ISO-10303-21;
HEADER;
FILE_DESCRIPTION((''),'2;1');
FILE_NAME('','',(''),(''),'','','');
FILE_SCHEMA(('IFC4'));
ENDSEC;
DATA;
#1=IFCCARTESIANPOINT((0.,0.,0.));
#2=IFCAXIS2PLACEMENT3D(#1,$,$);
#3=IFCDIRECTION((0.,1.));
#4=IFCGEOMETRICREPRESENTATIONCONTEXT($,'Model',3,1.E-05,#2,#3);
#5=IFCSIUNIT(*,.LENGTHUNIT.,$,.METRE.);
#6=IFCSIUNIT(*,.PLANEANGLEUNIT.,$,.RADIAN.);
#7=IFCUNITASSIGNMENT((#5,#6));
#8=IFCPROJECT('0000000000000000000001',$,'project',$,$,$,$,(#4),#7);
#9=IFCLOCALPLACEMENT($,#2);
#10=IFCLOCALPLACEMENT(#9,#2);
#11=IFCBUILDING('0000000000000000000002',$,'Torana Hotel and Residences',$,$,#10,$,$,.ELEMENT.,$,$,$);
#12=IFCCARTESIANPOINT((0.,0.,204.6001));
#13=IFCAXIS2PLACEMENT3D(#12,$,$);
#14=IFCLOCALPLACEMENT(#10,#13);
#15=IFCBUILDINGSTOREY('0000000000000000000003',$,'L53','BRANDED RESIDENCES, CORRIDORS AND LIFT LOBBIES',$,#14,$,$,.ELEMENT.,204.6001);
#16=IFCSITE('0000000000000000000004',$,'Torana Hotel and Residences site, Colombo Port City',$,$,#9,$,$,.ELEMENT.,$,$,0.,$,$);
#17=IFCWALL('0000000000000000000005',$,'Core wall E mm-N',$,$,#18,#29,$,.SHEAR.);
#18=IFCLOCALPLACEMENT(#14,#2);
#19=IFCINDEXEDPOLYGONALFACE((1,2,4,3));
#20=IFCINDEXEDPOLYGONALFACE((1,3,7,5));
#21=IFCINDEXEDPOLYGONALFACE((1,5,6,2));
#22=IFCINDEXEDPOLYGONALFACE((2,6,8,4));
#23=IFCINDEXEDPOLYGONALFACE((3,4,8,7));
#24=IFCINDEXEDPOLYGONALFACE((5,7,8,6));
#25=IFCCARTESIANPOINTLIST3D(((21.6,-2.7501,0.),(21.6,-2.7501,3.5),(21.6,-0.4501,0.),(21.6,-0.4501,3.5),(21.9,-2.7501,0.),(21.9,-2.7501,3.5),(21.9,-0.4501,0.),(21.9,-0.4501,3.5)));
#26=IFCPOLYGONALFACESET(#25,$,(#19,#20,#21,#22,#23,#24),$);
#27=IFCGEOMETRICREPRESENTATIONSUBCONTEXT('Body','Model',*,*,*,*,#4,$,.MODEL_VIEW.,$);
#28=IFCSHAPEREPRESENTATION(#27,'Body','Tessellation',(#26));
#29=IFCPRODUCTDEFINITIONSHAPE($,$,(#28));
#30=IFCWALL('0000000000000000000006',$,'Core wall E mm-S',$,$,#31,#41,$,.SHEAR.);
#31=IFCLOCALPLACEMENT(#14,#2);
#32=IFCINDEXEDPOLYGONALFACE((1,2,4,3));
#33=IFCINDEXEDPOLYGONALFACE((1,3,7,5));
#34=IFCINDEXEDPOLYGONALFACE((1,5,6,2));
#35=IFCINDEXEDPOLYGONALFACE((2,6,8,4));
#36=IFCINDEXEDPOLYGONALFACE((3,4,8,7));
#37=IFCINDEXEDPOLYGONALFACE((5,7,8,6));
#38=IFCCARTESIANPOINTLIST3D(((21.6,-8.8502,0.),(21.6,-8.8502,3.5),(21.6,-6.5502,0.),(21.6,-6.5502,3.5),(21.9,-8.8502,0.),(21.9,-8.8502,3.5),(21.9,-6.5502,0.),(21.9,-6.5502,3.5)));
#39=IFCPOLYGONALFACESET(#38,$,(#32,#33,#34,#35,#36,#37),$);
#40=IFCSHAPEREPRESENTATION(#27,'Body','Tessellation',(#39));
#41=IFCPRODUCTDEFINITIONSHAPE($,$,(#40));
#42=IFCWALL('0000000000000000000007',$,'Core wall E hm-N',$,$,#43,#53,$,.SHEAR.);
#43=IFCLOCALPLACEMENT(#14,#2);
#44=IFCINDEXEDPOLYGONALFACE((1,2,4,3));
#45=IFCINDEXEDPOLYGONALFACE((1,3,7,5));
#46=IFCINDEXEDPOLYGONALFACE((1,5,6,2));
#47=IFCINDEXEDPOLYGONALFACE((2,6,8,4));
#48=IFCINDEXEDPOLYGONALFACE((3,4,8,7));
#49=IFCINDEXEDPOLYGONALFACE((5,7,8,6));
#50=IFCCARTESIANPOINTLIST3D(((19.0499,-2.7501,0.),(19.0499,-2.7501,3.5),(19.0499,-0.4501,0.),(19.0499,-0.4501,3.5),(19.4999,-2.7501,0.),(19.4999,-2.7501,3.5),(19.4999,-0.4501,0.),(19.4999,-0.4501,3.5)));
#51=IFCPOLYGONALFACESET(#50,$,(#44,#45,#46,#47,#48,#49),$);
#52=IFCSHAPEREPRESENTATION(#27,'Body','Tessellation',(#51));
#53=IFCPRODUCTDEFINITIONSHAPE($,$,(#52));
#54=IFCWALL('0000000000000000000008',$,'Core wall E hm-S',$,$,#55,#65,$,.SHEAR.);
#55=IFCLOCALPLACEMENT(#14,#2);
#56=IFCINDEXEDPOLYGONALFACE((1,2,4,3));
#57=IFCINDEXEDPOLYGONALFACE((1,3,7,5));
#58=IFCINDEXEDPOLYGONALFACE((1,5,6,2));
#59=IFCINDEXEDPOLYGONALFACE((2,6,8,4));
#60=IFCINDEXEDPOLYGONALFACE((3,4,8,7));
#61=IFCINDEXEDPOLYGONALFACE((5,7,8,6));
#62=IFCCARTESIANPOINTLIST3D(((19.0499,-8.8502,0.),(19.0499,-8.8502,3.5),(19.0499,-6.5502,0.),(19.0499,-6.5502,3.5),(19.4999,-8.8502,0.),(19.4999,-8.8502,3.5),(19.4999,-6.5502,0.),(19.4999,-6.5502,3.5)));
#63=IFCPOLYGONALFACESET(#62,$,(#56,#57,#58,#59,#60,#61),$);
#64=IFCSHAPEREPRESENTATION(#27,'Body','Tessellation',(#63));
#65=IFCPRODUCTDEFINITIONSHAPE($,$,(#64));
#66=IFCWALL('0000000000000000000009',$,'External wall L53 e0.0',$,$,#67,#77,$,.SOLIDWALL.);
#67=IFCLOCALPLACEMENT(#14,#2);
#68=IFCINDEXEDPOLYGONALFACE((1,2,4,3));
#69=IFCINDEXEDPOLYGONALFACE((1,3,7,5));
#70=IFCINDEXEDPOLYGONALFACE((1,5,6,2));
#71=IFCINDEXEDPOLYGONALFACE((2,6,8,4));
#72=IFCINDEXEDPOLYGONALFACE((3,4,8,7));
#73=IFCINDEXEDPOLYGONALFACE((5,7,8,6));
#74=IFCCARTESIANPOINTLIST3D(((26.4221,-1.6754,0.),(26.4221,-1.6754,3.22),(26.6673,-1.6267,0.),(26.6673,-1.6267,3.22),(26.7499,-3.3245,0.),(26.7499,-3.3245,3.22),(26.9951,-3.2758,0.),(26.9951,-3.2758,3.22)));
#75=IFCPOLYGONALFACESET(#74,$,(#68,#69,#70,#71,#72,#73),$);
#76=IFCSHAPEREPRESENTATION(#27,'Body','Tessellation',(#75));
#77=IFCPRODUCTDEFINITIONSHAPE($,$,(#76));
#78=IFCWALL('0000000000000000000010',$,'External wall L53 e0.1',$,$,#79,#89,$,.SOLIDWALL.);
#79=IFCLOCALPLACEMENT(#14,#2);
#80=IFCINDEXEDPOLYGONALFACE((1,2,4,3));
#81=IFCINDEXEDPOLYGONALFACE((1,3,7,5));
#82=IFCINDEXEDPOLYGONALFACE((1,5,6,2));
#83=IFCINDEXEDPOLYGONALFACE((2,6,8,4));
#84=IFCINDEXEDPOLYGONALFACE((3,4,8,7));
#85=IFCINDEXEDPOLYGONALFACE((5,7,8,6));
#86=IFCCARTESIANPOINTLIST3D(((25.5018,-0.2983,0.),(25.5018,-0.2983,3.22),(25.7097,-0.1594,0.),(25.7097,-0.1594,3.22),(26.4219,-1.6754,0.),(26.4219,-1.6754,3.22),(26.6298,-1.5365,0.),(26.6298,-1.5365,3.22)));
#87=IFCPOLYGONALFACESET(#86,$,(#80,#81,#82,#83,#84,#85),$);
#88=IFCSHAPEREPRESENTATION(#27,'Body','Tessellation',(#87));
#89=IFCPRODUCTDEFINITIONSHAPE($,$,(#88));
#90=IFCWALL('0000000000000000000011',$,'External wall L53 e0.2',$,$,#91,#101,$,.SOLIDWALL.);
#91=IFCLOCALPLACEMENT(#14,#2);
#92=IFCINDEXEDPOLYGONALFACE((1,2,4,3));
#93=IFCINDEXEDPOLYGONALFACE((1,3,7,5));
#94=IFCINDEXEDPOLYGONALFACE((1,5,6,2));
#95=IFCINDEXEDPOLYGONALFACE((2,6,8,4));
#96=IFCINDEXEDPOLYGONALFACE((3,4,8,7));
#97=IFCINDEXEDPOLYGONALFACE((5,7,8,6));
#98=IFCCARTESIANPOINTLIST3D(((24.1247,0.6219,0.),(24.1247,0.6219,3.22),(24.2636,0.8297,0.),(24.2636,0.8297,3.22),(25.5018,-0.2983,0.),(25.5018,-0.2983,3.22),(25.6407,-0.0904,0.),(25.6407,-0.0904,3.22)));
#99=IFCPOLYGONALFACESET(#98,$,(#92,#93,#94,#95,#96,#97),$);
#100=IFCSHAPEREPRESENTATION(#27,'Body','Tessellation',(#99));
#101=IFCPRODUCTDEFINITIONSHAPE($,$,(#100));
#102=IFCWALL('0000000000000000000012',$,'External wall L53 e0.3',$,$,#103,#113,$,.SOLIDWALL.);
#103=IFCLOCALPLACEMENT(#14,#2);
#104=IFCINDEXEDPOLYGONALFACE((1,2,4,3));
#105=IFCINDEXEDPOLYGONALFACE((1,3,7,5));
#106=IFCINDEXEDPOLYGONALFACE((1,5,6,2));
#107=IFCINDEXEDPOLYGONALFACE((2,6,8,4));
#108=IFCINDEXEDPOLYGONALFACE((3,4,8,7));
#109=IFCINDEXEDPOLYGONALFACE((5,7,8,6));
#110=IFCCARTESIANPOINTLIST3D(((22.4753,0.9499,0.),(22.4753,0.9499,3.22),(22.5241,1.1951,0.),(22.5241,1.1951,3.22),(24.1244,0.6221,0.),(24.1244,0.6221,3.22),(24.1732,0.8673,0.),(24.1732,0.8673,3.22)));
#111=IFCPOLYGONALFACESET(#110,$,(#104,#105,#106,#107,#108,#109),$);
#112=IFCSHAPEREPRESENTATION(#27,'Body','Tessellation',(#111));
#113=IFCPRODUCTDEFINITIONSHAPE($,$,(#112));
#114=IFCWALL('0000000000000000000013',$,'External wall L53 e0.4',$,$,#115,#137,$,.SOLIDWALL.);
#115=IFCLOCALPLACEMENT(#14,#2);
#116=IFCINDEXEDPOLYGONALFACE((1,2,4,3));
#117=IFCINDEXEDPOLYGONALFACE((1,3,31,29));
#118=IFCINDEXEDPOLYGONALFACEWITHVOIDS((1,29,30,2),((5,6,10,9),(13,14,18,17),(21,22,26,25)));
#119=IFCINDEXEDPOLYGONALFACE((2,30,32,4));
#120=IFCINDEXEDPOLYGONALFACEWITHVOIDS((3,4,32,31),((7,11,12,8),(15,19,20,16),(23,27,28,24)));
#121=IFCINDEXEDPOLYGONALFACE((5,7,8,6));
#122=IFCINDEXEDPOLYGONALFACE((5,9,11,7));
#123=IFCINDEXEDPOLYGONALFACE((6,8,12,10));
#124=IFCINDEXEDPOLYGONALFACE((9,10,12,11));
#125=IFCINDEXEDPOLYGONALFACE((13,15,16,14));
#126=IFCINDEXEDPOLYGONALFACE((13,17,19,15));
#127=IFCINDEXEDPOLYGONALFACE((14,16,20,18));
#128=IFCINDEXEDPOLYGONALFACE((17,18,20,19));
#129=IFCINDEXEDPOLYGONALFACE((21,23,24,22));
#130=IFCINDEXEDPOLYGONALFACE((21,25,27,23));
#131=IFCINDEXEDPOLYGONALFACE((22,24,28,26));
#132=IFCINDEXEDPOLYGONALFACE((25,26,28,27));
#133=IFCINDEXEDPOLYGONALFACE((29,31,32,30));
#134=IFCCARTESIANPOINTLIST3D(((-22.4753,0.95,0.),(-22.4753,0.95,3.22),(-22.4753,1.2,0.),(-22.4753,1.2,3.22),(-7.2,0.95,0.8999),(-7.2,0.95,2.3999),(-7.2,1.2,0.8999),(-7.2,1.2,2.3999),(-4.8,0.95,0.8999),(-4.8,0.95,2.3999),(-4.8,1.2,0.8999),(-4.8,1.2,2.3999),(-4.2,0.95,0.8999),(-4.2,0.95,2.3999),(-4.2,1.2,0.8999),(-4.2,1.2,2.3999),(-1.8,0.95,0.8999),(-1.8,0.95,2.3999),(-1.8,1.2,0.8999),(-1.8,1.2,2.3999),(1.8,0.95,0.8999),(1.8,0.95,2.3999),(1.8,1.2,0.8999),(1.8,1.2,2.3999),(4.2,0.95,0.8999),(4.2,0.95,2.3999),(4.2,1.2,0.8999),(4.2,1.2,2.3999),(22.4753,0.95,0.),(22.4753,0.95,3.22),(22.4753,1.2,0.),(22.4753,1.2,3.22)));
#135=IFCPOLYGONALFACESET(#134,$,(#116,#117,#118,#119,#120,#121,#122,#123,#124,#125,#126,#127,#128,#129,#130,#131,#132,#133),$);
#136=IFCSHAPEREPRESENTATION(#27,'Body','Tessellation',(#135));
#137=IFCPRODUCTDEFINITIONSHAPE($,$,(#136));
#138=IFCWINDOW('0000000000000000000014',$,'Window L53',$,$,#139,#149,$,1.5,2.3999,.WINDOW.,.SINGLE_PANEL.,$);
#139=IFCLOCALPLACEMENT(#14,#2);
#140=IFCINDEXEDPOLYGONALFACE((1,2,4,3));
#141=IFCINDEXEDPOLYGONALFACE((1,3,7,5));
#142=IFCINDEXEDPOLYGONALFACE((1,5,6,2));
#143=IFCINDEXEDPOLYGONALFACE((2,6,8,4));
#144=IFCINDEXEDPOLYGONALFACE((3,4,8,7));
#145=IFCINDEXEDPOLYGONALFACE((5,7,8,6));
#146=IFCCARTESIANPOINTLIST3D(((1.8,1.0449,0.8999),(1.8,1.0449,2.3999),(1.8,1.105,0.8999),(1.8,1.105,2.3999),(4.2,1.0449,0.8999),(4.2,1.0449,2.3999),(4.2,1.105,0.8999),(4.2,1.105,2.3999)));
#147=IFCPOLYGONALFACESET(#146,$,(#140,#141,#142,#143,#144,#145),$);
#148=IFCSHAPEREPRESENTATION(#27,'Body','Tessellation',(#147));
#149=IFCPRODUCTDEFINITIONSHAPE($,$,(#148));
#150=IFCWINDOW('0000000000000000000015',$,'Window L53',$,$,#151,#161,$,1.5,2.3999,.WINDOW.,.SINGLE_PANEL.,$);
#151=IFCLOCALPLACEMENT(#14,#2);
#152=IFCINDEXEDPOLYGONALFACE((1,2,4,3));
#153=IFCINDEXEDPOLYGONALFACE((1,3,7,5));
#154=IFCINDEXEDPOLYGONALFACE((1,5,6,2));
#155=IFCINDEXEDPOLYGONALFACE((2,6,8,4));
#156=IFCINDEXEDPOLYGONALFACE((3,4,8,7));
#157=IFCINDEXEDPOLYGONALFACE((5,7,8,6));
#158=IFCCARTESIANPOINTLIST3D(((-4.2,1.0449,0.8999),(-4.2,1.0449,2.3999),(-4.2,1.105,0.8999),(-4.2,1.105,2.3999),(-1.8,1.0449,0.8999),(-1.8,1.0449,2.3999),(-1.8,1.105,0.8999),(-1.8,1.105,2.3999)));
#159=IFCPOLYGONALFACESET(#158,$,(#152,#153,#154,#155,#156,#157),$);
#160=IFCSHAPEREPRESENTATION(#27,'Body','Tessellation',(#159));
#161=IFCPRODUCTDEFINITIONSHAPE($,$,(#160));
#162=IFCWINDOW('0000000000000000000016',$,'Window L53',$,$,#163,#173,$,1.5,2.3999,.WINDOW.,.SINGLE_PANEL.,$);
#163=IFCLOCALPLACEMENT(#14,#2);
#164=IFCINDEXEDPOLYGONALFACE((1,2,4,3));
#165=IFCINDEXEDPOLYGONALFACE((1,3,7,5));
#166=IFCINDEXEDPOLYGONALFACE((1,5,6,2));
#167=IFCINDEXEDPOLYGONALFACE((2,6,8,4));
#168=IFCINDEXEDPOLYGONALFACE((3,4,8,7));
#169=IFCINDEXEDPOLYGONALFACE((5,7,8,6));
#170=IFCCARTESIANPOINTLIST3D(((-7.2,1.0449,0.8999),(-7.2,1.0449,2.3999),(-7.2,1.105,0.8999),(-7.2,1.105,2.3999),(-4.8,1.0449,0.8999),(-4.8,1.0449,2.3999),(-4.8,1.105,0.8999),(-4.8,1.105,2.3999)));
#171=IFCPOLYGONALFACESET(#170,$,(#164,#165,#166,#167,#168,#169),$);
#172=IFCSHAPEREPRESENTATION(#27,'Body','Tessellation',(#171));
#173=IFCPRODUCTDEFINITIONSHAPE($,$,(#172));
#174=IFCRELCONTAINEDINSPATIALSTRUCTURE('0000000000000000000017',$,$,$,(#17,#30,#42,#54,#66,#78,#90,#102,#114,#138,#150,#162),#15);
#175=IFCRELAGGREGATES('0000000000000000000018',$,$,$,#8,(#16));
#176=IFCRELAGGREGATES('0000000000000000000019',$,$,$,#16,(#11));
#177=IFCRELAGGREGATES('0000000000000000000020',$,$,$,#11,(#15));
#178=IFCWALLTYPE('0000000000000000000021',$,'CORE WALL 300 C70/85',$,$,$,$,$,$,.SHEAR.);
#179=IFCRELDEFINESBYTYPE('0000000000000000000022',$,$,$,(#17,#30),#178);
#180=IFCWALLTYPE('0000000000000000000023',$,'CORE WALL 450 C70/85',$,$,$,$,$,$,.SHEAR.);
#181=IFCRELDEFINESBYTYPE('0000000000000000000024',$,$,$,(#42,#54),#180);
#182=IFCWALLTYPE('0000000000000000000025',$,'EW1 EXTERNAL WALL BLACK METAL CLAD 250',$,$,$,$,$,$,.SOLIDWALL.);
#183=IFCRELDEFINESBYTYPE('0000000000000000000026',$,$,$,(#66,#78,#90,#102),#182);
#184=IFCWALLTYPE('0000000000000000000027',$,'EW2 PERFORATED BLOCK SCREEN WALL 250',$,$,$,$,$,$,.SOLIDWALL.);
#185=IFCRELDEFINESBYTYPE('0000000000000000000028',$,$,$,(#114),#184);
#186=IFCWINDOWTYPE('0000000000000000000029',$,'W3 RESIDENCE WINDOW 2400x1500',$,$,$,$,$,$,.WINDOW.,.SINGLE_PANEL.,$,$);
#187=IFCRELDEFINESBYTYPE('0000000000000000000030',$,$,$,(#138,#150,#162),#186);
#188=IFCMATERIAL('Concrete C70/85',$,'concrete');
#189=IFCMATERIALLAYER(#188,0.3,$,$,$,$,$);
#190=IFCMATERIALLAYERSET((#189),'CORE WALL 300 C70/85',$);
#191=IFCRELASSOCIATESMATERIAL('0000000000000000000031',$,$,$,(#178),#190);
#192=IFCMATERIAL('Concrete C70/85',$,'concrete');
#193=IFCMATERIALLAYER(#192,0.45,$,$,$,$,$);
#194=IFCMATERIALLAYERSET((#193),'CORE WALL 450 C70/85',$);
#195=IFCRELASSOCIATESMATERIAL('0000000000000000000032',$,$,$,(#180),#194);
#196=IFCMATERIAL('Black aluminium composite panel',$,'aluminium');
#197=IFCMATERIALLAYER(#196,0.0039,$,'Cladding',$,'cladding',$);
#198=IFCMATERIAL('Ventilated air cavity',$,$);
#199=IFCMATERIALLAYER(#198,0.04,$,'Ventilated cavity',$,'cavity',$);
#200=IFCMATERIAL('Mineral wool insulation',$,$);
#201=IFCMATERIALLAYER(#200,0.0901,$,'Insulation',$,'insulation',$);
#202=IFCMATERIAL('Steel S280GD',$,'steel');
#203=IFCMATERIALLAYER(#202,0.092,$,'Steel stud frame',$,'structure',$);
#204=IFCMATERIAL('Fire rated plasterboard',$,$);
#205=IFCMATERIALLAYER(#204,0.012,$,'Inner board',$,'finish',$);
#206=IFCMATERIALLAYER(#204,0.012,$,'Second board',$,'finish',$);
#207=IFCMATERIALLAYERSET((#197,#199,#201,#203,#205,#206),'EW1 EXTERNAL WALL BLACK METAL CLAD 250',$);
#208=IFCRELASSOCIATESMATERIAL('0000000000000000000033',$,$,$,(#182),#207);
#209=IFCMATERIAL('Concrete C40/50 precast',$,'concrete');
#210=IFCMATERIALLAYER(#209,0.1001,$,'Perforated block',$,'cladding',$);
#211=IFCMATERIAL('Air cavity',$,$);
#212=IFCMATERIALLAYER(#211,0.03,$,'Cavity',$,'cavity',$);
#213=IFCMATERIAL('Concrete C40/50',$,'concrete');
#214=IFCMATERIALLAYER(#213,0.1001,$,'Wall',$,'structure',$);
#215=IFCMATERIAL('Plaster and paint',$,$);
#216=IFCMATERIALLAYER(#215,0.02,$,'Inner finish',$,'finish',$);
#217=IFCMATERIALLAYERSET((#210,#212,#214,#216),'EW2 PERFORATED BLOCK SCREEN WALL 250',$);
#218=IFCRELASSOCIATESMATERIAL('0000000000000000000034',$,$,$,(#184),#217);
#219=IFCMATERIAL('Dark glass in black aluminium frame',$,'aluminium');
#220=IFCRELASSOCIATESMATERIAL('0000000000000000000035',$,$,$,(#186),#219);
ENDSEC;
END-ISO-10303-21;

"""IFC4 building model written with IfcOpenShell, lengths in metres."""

from ifc_helpers import new_model, si_unit, direction, frame, frame_2d, origin, place, context, subcontext, project, spatial, rectangle, extrude, material, layer, layer_set, type_object, element, fill, save


model = new_model("IFC4")

# Units and contexts
model_context = context("Model", 3, precision=1e-05, world=origin(), true_north=direction((0.0, 1.0)))
body_context = subcontext(model_context, "Body", "Model", "MODEL_VIEW")
ifc_project = project(units=[si_unit("LENGTHUNIT", "METRE"), si_unit("PLANEANGLEUNIT", "RADIAN")], contexts=[model_context])

# Site, building, storey
site_placement = place(None, origin())
site = spatial("IfcSite", under=ifc_project, at=site_placement, Name="Torana Hotel and Residences site, Colombo Port City", CompositionType="ELEMENT", RefElevation=0.0)
building_placement = place(site_placement, origin())
building = spatial("IfcBuilding", under=site, at=building_placement, Name="Torana Hotel and Residences", CompositionType="ELEMENT")
storey_placement = place(building_placement, frame((0.0, 0.0, 204.6001)))
storey = spatial("IfcBuildingStorey", under=building, at=storey_placement, Name="L53", Description="BRANDED RESIDENCES, CORRIDORS AND LIFT LOBBIES", CompositionType="ELEMENT", Elevation=204.6001)

# Walls
ifc_material_1 = material(Name="Concrete C70/85", Category="concrete")
ifc_layer_1 = layer(ifc_material_1, 0.3)
ifc_layer_set_1 = layer_set([ifc_layer_1], Name="CORE WALL 300 C70/85")
wall_type_1 = type_object("IfcWallType", Name="CORE WALL 300 C70/85", PredefinedType="SHEAR", material=ifc_layer_set_1)
for number, where, z_axis, x_axis, name in (
    (1, (21.75, -2.75, 0.0), (0.0, 0.0, 1.0), (0.0, 1.0, 0.0), "Core wall E mm-N"),
    (2, (21.75, -8.8501, 0.0), (0.0, 0.0, 1.0), (0.0, 1.0, 0.0), "Core wall E mm-S"),
):
    element("IfcWall", number, at=place(storey_placement, frame(where, z_axis=z_axis, x_axis=x_axis)), inside=storey, type_object=wall_type_1, Name=name, PredefinedType="SHEAR", context=body_context, shape_type="SweptSolid", body=[
        extrude(rectangle(XDim=2.3, YDim=0.3, at=frame_2d((1.1499, 0.0))), origin(), (0.0, 0.0, 1.0), 3.5),
    ])
ifc_material_2 = material(Name="Concrete C70/85", Category="concrete")
ifc_layer_2 = layer(ifc_material_2, 0.45)
ifc_layer_set_2 = layer_set([ifc_layer_2], Name="CORE WALL 450 C70/85")
wall_type_2 = type_object("IfcWallType", Name="CORE WALL 450 C70/85", PredefinedType="SHEAR", material=ifc_layer_set_2)
for number, where, z_axis, x_axis, name in (
    (3, (19.2749, -2.75, 0.0), (0.0, 0.0, 1.0), (0.0, 1.0, 0.0), "Core wall E hm-N"),
    (4, (19.2749, -8.8501, 0.0), (0.0, 0.0, 1.0), (0.0, 1.0, 0.0), "Core wall E hm-S"),
):
    element("IfcWall", number, at=place(storey_placement, frame(where, z_axis=z_axis, x_axis=x_axis)), inside=storey, type_object=wall_type_2, Name=name, PredefinedType="SHEAR", context=body_context, shape_type="SweptSolid", body=[
        extrude(rectangle(XDim=2.3, YDim=0.45, at=frame_2d((1.1499, 0.0))), origin(), (0.0, 0.0, 1.0), 3.5),
    ])
ifc_material_3 = material(Name="Black aluminium composite panel", Category="aluminium")
ifc_layer_3 = layer(ifc_material_3, 0.0039, Name="Cladding", Category="cladding")
ifc_material_4 = material(Name="Ventilated air cavity")
ifc_layer_4 = layer(ifc_material_4, 0.04, Name="Ventilated cavity", Category="cavity")
ifc_material_5 = material(Name="Mineral wool insulation")
ifc_layer_5 = layer(ifc_material_5, 0.0901, Name="Insulation", Category="insulation")
ifc_material_6 = material(Name="Steel S280GD", Category="steel")
ifc_layer_6 = layer(ifc_material_6, 0.092, Name="Steel stud frame", Category="structure")
ifc_material_7 = material(Name="Fire rated plasterboard")
ifc_layer_7 = layer(ifc_material_7, 0.012, Name="Inner board", Category="finish")
ifc_layer_8 = layer(ifc_material_7, 0.012, Name="Second board", Category="finish")
ifc_layer_set_3 = layer_set([ifc_layer_3, ifc_layer_4, ifc_layer_5, ifc_layer_6, ifc_layer_7, ifc_layer_8], Name="EW1 EXTERNAL WALL BLACK METAL CLAD 250")
wall_type_3 = type_object("IfcWallType", Name="EW1 EXTERNAL WALL BLACK METAL CLAD 250", PredefinedType="SOLIDWALL", material=ifc_layer_set_3)
wall_1_placement = place(storey_placement, frame((26.8726, -3.3003, 0.0), z_axis=(0.0, 0.0, 1.0), x_axis=(-0.194999, 0.980803, 0.0)))
element("IfcWall", 5, at=wall_1_placement, inside=storey, type_object=wall_type_3, Name="External wall L53 e0.0", PredefinedType="SOLIDWALL", context=body_context, shape_type="SweptSolid", body=[
    extrude(rectangle(XDim=1.6814, YDim=0.25, at=frame_2d((0.8408, 0.0))), origin(), (0.0, 0.0, 1.0), 3.22),
])
for number, where, z_axis, x_axis, name in (
    (6, (26.5259, -1.606, 0.0), (0.0, 0.0, 1.0), (-0.55555, 0.831483, 0.0), "External wall L53 e0.1"),
    (7, (25.5713, -0.1943, 0.0), (0.0, 0.0, 1.0), (-0.831483, 0.55555, 0.0), "External wall L53 e0.2"),
):
    element("IfcWall", number, at=place(storey_placement, frame(where, z_axis=z_axis, x_axis=x_axis)), inside=storey, type_object=wall_type_3, Name=name, PredefinedType="SOLIDWALL", context=body_context, shape_type="SweptSolid", body=[
        extrude(rectangle(XDim=1.6562, YDim=0.25, at=frame_2d((0.8281, 0.0))), origin(), (0.0, 0.0, 1.0), 3.22),
    ])
wall_2_placement = place(storey_placement, frame((24.1489, 0.7446, 0.0), z_axis=(0.0, 0.0, 1.0), x_axis=(-0.980803, 0.194999, 0.0)))
element("IfcWall", 8, at=wall_2_placement, inside=storey, type_object=wall_type_3, Name="External wall L53 e0.3", PredefinedType="SOLIDWALL", context=body_context, shape_type="SweptSolid", body=[
    extrude(rectangle(XDim=1.6814, YDim=0.25, at=frame_2d((0.8408, 0.0))), origin(), (0.0, 0.0, 1.0), 3.22),
])

# Wall, openings, windows
ifc_material_8 = material(Name="Concrete C40/50 precast", Category="concrete")
ifc_layer_9 = layer(ifc_material_8, 0.1001, Name="Perforated block", Category="cladding")
ifc_material_9 = material(Name="Air cavity")
ifc_layer_10 = layer(ifc_material_9, 0.03, Name="Cavity", Category="cavity")
ifc_material_10 = material(Name="Concrete C40/50", Category="concrete")
ifc_layer_11 = layer(ifc_material_10, 0.1001, Name="Wall", Category="structure")
ifc_material_11 = material(Name="Plaster and paint")
ifc_layer_12 = layer(ifc_material_11, 0.02, Name="Inner finish", Category="finish")
ifc_layer_set_4 = layer_set([ifc_layer_9, ifc_layer_10, ifc_layer_11, ifc_layer_12], Name="EW2 PERFORATED BLOCK SCREEN WALL 250")
wall_type_4 = type_object("IfcWallType", Name="EW2 PERFORATED BLOCK SCREEN WALL 250", PredefinedType="SOLIDWALL", material=ifc_layer_set_4)
wall_3_placement = place(storey_placement, frame((22.4753, 1.075, 0.0), z_axis=(0.0, 0.0, 1.0), x_axis=(-1.0, 0.0, 0.0)))
wall_3 = element("IfcWall", 9, at=wall_3_placement, inside=storey, type_object=wall_type_4, Name="External wall L53 e0.4", PredefinedType="SOLIDWALL", context=body_context, shape_type="SweptSolid", body=[
    extrude(rectangle(XDim=44.9507, YDim=0.25, at=frame_2d((22.4753, 0.0))), origin(), (0.0, 0.0, 1.0), 3.22),
])
opening_1_placement = place(wall_3_placement, frame((18.2754, 0.0, 0.8999)))
opening_1 = element("IfcOpeningElement", 10, at=opening_1_placement, cuts=wall_3, PredefinedType="OPENING", context=body_context, shape_type="SweptSolid", body=[
    extrude(rectangle(XDim=2.3999, YDim=1.5, at=frame_2d((1.2, 0.75))), frame((0.0, 0.135, 0.0), z_axis=(0.0, -1.0, 0.0), x_axis=(1.0, 0.0, 0.0)), (0.0, 0.0, 1.0), 0.27),
])
opening_2_placement = place(wall_3_placement, frame((24.2754, 0.0, 0.8999)))
opening_2 = element("IfcOpeningElement", 11, at=opening_2_placement, cuts=wall_3, PredefinedType="OPENING", context=body_context, shape_type="SweptSolid", body=[
    extrude(rectangle(XDim=2.3999, YDim=1.5, at=frame_2d((1.2, 0.75))), frame((0.0, 0.135, 0.0), z_axis=(0.0, -1.0, 0.0), x_axis=(1.0, 0.0, 0.0)), (0.0, 0.0, 1.0), 0.27),
])
opening_3_placement = place(wall_3_placement, frame((27.2754, 0.0, 0.8999)))
opening_3 = element("IfcOpeningElement", 12, at=opening_3_placement, cuts=wall_3, PredefinedType="OPENING", context=body_context, shape_type="SweptSolid", body=[
    extrude(rectangle(XDim=2.3999, YDim=1.5, at=frame_2d((1.2, 0.75))), frame((0.0, 0.135, 0.0), z_axis=(0.0, -1.0, 0.0), x_axis=(1.0, 0.0, 0.0)), (0.0, 0.0, 1.0), 0.27),
])
ifc_material_12 = material(Name="Dark glass in black aluminium frame", Category="aluminium")
window_type = type_object("IfcWindowType", Name="W3 RESIDENCE WINDOW 2400x1500", PartitioningType="SINGLE_PANEL", PredefinedType="WINDOW", material=ifc_material_12)
window_1_placement = place(opening_1_placement, origin())
window_1 = element("IfcWindow", 13, at=window_1_placement, inside=storey, type_object=window_type, Name="Window L53", OverallHeight=1.5, OverallWidth=2.3999, PartitioningType="SINGLE_PANEL", PredefinedType="WINDOW", context=body_context, shape_type="SweptSolid", body=[
    extrude(rectangle(XDim=2.3999, YDim=1.5, at=frame_2d((1.2, 0.75))), frame((0.0, 0.03, 0.0), z_axis=(0.0, -1.0, 0.0), x_axis=(1.0, 0.0, 0.0)), (0.0, 0.0, 1.0), 0.0601),
])
fill(opening_1, window_1)
window_2_placement = place(opening_2_placement, origin())
window_2 = element("IfcWindow", 14, at=window_2_placement, inside=storey, type_object=window_type, Name="Window L53", OverallHeight=1.5, OverallWidth=2.3999, PartitioningType="SINGLE_PANEL", PredefinedType="WINDOW", context=body_context, shape_type="SweptSolid", body=[
    extrude(rectangle(XDim=2.3999, YDim=1.5, at=frame_2d((1.2, 0.75))), frame((0.0, 0.03, 0.0), z_axis=(0.0, -1.0, 0.0), x_axis=(1.0, 0.0, 0.0)), (0.0, 0.0, 1.0), 0.0601),
])
fill(opening_2, window_2)
window_3_placement = place(opening_3_placement, origin())
window_3 = element("IfcWindow", 15, at=window_3_placement, inside=storey, type_object=window_type, Name="Window L53", OverallHeight=1.5, OverallWidth=2.3999, PartitioningType="SINGLE_PANEL", PredefinedType="WINDOW", context=body_context, shape_type="SweptSolid", body=[
    extrude(rectangle(XDim=2.3999, YDim=1.5, at=frame_2d((1.2, 0.75))), frame((0.0, 0.03, 0.0), z_axis=(0.0, -1.0, 0.0), x_axis=(1.0, 0.0, 0.0)), (0.0, 0.0, 1.0), 0.0601),
])
fill(opening_3, window_3)

save(model, "model.ifc")
